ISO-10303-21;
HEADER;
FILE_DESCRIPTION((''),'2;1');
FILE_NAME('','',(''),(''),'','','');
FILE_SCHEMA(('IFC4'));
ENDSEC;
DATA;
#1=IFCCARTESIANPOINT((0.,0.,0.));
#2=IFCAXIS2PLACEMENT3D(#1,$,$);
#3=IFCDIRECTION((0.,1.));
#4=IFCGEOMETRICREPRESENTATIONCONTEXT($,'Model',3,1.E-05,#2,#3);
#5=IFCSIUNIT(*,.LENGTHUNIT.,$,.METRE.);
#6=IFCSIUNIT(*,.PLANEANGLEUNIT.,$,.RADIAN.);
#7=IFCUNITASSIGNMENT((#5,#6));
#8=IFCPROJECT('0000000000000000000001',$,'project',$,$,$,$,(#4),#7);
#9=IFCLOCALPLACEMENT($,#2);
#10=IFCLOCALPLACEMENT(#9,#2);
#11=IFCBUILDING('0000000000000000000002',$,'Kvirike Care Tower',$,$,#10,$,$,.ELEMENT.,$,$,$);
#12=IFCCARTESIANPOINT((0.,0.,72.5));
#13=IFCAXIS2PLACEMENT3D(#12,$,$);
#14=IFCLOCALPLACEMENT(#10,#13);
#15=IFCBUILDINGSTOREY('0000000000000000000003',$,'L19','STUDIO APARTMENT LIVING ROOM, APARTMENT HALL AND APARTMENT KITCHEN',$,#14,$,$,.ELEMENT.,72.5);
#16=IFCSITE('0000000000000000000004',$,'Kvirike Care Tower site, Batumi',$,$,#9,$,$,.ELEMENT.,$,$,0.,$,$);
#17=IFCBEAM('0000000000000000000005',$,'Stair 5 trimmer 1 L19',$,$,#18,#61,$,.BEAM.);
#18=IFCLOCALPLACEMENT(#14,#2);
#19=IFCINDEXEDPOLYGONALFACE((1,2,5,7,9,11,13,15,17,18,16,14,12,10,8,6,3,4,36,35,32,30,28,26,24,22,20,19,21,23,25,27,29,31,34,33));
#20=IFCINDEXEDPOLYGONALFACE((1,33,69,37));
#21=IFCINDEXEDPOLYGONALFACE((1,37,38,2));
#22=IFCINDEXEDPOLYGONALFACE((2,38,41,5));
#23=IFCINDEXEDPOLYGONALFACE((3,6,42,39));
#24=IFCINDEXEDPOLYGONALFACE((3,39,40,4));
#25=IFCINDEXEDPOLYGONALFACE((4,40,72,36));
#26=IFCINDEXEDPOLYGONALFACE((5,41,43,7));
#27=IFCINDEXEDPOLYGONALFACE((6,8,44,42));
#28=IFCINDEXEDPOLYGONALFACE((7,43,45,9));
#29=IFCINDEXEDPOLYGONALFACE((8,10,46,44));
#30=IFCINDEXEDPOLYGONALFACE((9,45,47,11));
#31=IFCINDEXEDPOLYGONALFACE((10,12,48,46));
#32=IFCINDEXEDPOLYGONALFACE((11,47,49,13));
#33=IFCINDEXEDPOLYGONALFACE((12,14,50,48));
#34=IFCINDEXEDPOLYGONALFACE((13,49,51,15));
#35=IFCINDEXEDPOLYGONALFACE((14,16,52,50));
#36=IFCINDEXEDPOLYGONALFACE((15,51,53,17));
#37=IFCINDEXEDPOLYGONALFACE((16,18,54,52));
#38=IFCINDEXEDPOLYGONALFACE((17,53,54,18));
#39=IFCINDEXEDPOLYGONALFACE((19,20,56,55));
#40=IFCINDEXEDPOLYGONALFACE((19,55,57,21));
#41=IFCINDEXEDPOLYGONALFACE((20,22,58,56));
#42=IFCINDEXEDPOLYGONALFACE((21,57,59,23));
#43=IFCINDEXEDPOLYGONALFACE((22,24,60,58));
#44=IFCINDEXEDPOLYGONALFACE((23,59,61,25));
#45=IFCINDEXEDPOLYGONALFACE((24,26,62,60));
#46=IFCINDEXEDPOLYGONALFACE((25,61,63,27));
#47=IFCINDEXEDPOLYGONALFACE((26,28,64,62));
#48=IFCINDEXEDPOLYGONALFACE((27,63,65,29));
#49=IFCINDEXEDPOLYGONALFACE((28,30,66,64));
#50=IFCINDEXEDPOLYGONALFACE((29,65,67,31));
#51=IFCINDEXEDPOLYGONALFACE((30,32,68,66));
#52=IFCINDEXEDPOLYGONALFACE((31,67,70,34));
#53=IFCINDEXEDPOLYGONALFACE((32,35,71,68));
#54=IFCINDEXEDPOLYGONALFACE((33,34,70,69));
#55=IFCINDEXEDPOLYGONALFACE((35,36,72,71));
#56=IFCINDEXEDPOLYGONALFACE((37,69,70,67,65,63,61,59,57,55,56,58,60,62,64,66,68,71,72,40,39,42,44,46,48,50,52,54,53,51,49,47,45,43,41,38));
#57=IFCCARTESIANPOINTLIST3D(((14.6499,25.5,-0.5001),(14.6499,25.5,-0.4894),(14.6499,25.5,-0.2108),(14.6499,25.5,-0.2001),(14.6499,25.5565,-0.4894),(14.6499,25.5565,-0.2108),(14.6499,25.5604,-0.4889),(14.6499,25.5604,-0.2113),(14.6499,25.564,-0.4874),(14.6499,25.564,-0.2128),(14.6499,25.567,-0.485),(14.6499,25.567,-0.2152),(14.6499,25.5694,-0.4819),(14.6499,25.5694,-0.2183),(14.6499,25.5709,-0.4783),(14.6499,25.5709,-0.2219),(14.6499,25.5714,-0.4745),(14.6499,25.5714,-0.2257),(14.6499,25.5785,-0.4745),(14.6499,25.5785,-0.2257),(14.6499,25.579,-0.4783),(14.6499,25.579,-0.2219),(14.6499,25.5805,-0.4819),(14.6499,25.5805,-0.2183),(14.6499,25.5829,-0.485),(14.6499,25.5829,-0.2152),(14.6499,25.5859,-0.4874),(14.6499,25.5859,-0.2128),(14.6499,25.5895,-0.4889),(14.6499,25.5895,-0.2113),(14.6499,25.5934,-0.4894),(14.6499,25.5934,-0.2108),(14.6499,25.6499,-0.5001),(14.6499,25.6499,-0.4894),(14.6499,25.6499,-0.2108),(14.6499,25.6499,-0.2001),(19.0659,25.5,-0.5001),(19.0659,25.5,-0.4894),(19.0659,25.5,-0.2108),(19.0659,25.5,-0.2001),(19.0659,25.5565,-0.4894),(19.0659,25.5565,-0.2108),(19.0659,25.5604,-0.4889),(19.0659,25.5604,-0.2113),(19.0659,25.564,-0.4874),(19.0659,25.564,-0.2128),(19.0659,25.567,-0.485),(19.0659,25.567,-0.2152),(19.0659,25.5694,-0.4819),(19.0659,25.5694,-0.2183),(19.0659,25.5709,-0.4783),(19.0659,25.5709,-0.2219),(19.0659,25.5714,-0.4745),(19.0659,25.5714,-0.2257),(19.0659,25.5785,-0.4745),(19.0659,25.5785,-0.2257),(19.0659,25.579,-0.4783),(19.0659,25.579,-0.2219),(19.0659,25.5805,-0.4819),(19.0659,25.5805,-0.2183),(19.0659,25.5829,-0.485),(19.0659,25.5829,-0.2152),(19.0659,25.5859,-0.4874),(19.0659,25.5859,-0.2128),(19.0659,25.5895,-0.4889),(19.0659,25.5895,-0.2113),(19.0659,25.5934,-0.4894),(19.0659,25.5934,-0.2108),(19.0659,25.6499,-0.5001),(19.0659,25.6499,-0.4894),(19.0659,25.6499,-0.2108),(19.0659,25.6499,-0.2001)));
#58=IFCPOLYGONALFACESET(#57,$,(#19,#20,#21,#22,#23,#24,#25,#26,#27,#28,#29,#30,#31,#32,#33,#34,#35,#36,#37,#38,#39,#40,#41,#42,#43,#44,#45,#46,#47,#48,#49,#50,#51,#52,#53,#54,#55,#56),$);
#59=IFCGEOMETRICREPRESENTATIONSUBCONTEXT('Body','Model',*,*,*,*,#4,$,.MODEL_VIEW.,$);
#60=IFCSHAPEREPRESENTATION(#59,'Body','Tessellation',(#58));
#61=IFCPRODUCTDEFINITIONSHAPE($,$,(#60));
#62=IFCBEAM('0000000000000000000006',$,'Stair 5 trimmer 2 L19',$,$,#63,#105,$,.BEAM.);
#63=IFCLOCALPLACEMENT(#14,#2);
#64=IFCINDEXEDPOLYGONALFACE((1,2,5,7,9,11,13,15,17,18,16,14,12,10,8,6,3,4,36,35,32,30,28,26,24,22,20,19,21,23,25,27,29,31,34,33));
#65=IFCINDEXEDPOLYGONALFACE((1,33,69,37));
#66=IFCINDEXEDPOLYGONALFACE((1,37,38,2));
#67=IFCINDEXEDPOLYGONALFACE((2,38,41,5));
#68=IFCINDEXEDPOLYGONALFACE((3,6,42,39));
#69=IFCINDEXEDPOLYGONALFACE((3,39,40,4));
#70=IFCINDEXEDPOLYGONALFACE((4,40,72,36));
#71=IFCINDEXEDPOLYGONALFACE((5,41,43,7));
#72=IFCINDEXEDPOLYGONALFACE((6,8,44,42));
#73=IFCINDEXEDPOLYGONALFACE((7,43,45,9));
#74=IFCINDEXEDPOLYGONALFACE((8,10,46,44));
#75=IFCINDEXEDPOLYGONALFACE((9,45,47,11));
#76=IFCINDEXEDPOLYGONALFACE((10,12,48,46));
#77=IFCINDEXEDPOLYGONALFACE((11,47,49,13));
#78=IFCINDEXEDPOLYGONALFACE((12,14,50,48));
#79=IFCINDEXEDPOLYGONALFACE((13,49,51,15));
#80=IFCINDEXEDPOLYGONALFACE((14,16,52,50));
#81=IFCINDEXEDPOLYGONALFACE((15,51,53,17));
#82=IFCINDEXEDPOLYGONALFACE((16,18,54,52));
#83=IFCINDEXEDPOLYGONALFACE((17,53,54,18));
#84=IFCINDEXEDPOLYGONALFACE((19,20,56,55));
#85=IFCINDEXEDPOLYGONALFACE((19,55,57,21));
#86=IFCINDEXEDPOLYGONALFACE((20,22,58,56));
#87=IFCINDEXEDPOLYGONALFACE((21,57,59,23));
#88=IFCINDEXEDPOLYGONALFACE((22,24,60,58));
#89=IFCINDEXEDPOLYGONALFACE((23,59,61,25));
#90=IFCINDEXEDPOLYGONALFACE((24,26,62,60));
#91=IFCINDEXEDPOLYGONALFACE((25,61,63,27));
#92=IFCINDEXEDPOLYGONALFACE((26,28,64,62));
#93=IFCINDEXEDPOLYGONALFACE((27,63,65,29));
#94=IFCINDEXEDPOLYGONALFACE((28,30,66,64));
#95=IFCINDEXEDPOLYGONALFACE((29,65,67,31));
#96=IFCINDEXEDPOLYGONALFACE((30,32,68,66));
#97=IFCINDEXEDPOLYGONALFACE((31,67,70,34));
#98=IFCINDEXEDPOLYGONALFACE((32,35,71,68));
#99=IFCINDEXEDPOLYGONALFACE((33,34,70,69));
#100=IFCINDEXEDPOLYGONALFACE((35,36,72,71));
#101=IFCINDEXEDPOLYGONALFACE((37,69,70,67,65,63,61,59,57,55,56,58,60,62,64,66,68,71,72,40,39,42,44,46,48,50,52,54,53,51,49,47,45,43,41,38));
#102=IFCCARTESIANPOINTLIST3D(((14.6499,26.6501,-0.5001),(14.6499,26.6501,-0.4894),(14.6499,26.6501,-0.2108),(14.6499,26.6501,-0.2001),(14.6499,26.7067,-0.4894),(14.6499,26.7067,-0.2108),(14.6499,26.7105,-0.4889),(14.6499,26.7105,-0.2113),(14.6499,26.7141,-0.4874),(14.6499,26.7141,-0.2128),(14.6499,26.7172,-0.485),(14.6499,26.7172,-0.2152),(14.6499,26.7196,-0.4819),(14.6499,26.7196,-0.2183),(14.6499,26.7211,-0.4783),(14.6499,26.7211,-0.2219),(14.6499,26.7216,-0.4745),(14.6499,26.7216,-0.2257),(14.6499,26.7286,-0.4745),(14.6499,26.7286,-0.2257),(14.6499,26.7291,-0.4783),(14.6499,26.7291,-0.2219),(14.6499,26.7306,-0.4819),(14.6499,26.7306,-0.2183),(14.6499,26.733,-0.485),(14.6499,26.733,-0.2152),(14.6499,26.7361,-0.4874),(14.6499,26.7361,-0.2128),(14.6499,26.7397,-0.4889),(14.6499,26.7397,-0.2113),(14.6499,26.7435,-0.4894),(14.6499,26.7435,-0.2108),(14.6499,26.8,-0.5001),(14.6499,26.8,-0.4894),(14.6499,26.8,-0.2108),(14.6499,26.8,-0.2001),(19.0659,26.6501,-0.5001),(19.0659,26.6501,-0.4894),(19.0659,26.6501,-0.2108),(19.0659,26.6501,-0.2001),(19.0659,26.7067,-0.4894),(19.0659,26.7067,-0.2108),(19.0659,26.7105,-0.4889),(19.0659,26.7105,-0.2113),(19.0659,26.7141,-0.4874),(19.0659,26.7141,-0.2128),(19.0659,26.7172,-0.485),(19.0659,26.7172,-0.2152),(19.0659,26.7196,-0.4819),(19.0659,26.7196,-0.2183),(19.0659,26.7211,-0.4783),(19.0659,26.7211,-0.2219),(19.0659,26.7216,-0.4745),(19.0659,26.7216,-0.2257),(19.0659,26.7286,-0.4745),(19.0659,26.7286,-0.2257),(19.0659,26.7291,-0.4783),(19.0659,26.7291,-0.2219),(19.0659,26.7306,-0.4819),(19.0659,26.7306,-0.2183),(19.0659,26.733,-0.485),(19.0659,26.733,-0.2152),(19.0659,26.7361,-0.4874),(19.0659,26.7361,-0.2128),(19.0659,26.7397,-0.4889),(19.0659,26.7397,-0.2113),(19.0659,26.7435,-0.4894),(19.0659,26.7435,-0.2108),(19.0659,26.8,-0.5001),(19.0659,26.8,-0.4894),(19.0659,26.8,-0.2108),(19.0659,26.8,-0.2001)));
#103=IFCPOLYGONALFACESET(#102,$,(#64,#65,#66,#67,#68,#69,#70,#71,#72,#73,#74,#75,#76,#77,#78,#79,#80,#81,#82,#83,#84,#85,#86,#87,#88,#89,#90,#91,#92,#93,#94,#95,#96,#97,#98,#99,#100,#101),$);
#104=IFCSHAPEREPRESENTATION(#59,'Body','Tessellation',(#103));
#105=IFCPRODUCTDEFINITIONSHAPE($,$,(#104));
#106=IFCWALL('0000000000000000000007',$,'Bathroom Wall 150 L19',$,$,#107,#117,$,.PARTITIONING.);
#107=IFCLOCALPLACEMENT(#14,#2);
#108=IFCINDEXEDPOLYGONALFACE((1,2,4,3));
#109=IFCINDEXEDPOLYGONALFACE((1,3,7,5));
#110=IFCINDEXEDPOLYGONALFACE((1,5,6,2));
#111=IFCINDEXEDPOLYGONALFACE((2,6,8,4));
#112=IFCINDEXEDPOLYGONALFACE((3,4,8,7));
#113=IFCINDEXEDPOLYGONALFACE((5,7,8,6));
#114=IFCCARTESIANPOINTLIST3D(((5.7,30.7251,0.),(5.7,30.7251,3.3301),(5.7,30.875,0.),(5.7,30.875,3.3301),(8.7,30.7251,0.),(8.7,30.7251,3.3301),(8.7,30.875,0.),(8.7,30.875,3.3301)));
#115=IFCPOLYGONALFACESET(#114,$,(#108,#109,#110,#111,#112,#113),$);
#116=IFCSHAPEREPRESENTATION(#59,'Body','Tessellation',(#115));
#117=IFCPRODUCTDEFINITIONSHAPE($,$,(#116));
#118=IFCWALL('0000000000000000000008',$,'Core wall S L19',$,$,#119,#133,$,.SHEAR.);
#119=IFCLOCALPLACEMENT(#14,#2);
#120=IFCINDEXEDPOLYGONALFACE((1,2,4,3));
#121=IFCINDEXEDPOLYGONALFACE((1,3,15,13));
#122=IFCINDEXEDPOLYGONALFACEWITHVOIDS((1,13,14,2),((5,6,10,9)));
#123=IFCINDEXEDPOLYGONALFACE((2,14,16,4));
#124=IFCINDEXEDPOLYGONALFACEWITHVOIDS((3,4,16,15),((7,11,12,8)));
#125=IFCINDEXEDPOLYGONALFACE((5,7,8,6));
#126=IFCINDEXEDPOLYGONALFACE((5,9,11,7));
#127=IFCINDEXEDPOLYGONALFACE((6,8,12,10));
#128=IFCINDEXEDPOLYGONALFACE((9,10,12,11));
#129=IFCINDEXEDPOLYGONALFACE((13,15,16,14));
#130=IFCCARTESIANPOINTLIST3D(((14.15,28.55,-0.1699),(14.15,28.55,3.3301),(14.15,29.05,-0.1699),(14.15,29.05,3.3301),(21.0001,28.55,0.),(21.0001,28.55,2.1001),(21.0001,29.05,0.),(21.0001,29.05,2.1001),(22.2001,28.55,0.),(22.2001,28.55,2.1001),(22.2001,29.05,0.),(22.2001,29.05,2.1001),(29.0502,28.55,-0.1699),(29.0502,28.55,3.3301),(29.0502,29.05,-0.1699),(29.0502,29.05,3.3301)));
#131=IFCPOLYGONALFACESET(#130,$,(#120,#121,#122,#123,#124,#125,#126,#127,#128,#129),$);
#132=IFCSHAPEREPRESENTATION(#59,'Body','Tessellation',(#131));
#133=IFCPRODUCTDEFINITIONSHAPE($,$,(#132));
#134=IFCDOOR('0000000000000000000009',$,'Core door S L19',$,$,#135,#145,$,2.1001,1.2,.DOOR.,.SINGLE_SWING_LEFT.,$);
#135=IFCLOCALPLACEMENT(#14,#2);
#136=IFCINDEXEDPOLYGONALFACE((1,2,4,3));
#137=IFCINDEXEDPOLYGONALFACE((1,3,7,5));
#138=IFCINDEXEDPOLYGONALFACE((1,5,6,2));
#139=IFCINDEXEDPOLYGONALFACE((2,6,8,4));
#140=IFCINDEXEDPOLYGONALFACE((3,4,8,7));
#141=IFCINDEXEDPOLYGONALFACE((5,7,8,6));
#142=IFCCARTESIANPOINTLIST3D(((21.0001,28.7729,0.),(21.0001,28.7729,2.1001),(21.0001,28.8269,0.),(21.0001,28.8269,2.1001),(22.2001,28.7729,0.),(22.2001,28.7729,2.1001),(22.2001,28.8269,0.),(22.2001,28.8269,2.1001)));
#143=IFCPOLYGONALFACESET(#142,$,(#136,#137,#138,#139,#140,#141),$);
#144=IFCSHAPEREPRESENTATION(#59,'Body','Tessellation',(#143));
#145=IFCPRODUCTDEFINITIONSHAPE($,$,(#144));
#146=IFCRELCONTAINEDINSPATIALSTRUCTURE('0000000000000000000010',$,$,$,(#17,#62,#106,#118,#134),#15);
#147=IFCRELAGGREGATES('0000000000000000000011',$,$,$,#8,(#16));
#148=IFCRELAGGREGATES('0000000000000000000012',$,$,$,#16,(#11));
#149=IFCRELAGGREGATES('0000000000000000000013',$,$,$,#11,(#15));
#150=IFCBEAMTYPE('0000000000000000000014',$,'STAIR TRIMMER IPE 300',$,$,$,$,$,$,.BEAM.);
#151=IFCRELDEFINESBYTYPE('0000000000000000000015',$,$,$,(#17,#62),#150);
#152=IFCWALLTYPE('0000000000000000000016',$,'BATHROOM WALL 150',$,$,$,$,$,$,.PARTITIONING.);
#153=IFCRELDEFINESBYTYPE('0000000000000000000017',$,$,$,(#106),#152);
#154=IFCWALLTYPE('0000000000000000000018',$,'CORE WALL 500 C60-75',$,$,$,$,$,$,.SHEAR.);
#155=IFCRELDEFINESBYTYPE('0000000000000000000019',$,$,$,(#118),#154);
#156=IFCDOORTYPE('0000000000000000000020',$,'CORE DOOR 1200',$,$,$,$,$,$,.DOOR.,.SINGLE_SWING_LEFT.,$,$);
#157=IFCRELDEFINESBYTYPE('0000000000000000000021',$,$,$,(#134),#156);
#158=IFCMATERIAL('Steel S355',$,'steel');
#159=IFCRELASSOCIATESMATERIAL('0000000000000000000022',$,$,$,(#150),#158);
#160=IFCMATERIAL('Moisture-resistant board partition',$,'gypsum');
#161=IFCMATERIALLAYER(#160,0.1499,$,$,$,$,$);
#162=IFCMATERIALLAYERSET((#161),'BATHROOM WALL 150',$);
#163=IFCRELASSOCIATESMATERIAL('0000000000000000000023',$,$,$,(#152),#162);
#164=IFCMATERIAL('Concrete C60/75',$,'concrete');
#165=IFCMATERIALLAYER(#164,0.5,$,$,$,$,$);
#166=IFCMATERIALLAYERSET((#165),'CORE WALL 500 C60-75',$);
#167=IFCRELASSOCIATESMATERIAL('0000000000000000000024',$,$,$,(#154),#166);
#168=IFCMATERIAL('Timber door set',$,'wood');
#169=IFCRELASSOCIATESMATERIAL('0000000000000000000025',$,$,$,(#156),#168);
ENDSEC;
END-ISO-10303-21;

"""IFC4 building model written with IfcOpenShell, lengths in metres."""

from ifc_helpers import new_model, si_unit, direction, frame, frame_2d, origin, origin_2d, place, context, subcontext, project, spatial, rectangle, i_section, extrude, material, layer, layer_set, material_profile, profile_set, type_object, element, fill, save


model = new_model("IFC4")

# Units and contexts
model_context = context("Model", 3, precision=1e-05, world=origin(), true_north=direction((0.0, 1.0)))
body_context = subcontext(model_context, "Body", "Model", "MODEL_VIEW")
ifc_project = project(units=[si_unit("LENGTHUNIT", "METRE"), si_unit("PLANEANGLEUNIT", "RADIAN")], contexts=[model_context])

# Site, building, storey
site_placement = place(None, origin())
site = spatial("IfcSite", under=ifc_project, at=site_placement, Name="Kvirike Care Tower site, Batumi", CompositionType="ELEMENT", RefElevation=0.0)
building_placement = place(site_placement, origin())
building = spatial("IfcBuilding", under=site, at=building_placement, Name="Kvirike Care Tower", CompositionType="ELEMENT")
storey_placement = place(building_placement, frame((0.0, 0.0, 72.5)))
storey = spatial("IfcBuildingStorey", under=building, at=storey_placement, Name="L19", Description="STUDIO APARTMENT LIVING ROOM, APARTMENT HALL AND APARTMENT KITCHEN", CompositionType="ELEMENT", Elevation=72.5)

# Beams
ifc_material_1 = material(Name="Steel S355", Category="steel")
ifc_material_profile_1 = material_profile(ifc_material_1, i_section(OverallWidth=0.1499, OverallDepth=0.3, WebThickness=0.0071, FlangeThickness=0.0107, FilletRadius=0.0149, at=origin_2d()), Name="IPE 300")
ifc_profile_set_1 = profile_set([ifc_material_profile_1], Name="Steel S355")
beam_type_1 = type_object("IfcBeamType", Name="STAIR TRIMMER IPE 300", PredefinedType="BEAM", material=ifc_profile_set_1)
for number, where, z_axis, x_axis, name in (
    (1, (14.6499, 25.575, -0.3501), (1.0, 0.0, 0.0), (0.0, 1.0, 0.0), "Stair 5 trimmer 1 L19"),
    (2, (14.6499, 26.7251, -0.3501), (1.0, 0.0, 0.0), (0.0, 1.0, 0.0), "Stair 5 trimmer 2 L19"),
):
    element("IfcBeam", number, at=place(storey_placement, frame(where, z_axis=z_axis, x_axis=x_axis)), inside=storey, type_object=beam_type_1, Name=name, PredefinedType="BEAM", context=body_context, shape_type="SweptSolid", body=[
        extrude(i_section(OverallWidth=0.1499, OverallDepth=0.3, WebThickness=0.0071, FlangeThickness=0.0107, FilletRadius=0.0149, at=origin_2d()), origin(), (0.0, 0.0, 1.0), 4.416),
    ])

# Wall
ifc_material_2 = material(Name="Moisture-resistant board partition", Category="gypsum")
ifc_layer_1 = layer(ifc_material_2, 0.1499)
ifc_layer_set_1 = layer_set([ifc_layer_1], Name="BATHROOM WALL 150")
wall_type_1 = type_object("IfcWallType", Name="BATHROOM WALL 150", PredefinedType="PARTITIONING", material=ifc_layer_set_1)
wall_1_placement = place(storey_placement, frame((5.7, 30.8, 0.0), z_axis=(0.0, 0.0, 1.0), x_axis=(1.0, 0.0, 0.0)))
element("IfcWall", 3, at=wall_1_placement, inside=storey, type_object=wall_type_1, Name="Bathroom Wall 150 L19", PredefinedType="PARTITIONING", context=body_context, shape_type="SweptSolid", body=[
    extrude(rectangle(XDim=3.0, YDim=0.1499, at=frame_2d((1.5, 0.0))), origin(), (0.0, 0.0, 1.0), 3.3301),
])

# Wall, opening, door
ifc_material_3 = material(Name="Concrete C60/75", Category="concrete")
ifc_layer_2 = layer(ifc_material_3, 0.5)
ifc_layer_set_2 = layer_set([ifc_layer_2], Name="CORE WALL 500 C60-75")
wall_type_2 = type_object("IfcWallType", Name="CORE WALL 500 C60-75", PredefinedType="SHEAR", material=ifc_layer_set_2)
wall_2_placement = place(storey_placement, frame((14.1499, 28.8, -0.1699), z_axis=(0.0, 0.0, 1.0), x_axis=(1.0, 0.0, 0.0)))
wall_2 = element("IfcWall", 4, at=wall_2_placement, inside=storey, type_object=wall_type_2, Name="Core wall S L19", PredefinedType="SHEAR", context=body_context, shape_type="SweptSolid", body=[
    extrude(rectangle(XDim=14.9001, YDim=0.5, at=frame_2d((7.4502, 0.0))), origin(), (0.0, 0.0, 1.0), 3.5),
])
opening_1_placement = place(wall_2_placement, frame((6.8501, 0.0, 0.1699)))
opening_1 = element("IfcOpeningElement", 5, at=opening_1_placement, cuts=wall_2, PredefinedType="OPENING", context=body_context, shape_type="SweptSolid", body=[
    extrude(rectangle(XDim=1.2, YDim=2.1001, at=frame_2d((0.6001, 1.05))), frame((0.0, 0.2605, 0.0), z_axis=(0.0, -1.0, 0.0), x_axis=(1.0, 0.0, 0.0)), (0.0, 0.0, 1.0), 0.521),
])
ifc_material_4 = material(Name="Timber door set", Category="wood")
door_type_1 = type_object("IfcDoorType", Name="CORE DOOR 1200", OperationType="SINGLE_SWING_LEFT", PredefinedType="DOOR", material=ifc_material_4)
door_1_placement = place(opening_1_placement, origin())
door_1 = element("IfcDoor", 6, at=door_1_placement, inside=storey, type_object=door_type_1, Name="Core door S L19", OperationType="SINGLE_SWING_LEFT", OverallHeight=2.1001, OverallWidth=1.2, PredefinedType="DOOR", context=body_context, shape_type="SweptSolid", body=[
    extrude(rectangle(XDim=1.2, YDim=2.1001, at=frame_2d((0.6001, 1.05))), frame((0.0, 0.0269, 0.0), z_axis=(0.0, -1.0, 0.0), x_axis=(1.0, 0.0, 0.0)), (0.0, 0.0, 1.0), 0.054),
])
fill(opening_1, door_1)

save(model, "model.ifc")
